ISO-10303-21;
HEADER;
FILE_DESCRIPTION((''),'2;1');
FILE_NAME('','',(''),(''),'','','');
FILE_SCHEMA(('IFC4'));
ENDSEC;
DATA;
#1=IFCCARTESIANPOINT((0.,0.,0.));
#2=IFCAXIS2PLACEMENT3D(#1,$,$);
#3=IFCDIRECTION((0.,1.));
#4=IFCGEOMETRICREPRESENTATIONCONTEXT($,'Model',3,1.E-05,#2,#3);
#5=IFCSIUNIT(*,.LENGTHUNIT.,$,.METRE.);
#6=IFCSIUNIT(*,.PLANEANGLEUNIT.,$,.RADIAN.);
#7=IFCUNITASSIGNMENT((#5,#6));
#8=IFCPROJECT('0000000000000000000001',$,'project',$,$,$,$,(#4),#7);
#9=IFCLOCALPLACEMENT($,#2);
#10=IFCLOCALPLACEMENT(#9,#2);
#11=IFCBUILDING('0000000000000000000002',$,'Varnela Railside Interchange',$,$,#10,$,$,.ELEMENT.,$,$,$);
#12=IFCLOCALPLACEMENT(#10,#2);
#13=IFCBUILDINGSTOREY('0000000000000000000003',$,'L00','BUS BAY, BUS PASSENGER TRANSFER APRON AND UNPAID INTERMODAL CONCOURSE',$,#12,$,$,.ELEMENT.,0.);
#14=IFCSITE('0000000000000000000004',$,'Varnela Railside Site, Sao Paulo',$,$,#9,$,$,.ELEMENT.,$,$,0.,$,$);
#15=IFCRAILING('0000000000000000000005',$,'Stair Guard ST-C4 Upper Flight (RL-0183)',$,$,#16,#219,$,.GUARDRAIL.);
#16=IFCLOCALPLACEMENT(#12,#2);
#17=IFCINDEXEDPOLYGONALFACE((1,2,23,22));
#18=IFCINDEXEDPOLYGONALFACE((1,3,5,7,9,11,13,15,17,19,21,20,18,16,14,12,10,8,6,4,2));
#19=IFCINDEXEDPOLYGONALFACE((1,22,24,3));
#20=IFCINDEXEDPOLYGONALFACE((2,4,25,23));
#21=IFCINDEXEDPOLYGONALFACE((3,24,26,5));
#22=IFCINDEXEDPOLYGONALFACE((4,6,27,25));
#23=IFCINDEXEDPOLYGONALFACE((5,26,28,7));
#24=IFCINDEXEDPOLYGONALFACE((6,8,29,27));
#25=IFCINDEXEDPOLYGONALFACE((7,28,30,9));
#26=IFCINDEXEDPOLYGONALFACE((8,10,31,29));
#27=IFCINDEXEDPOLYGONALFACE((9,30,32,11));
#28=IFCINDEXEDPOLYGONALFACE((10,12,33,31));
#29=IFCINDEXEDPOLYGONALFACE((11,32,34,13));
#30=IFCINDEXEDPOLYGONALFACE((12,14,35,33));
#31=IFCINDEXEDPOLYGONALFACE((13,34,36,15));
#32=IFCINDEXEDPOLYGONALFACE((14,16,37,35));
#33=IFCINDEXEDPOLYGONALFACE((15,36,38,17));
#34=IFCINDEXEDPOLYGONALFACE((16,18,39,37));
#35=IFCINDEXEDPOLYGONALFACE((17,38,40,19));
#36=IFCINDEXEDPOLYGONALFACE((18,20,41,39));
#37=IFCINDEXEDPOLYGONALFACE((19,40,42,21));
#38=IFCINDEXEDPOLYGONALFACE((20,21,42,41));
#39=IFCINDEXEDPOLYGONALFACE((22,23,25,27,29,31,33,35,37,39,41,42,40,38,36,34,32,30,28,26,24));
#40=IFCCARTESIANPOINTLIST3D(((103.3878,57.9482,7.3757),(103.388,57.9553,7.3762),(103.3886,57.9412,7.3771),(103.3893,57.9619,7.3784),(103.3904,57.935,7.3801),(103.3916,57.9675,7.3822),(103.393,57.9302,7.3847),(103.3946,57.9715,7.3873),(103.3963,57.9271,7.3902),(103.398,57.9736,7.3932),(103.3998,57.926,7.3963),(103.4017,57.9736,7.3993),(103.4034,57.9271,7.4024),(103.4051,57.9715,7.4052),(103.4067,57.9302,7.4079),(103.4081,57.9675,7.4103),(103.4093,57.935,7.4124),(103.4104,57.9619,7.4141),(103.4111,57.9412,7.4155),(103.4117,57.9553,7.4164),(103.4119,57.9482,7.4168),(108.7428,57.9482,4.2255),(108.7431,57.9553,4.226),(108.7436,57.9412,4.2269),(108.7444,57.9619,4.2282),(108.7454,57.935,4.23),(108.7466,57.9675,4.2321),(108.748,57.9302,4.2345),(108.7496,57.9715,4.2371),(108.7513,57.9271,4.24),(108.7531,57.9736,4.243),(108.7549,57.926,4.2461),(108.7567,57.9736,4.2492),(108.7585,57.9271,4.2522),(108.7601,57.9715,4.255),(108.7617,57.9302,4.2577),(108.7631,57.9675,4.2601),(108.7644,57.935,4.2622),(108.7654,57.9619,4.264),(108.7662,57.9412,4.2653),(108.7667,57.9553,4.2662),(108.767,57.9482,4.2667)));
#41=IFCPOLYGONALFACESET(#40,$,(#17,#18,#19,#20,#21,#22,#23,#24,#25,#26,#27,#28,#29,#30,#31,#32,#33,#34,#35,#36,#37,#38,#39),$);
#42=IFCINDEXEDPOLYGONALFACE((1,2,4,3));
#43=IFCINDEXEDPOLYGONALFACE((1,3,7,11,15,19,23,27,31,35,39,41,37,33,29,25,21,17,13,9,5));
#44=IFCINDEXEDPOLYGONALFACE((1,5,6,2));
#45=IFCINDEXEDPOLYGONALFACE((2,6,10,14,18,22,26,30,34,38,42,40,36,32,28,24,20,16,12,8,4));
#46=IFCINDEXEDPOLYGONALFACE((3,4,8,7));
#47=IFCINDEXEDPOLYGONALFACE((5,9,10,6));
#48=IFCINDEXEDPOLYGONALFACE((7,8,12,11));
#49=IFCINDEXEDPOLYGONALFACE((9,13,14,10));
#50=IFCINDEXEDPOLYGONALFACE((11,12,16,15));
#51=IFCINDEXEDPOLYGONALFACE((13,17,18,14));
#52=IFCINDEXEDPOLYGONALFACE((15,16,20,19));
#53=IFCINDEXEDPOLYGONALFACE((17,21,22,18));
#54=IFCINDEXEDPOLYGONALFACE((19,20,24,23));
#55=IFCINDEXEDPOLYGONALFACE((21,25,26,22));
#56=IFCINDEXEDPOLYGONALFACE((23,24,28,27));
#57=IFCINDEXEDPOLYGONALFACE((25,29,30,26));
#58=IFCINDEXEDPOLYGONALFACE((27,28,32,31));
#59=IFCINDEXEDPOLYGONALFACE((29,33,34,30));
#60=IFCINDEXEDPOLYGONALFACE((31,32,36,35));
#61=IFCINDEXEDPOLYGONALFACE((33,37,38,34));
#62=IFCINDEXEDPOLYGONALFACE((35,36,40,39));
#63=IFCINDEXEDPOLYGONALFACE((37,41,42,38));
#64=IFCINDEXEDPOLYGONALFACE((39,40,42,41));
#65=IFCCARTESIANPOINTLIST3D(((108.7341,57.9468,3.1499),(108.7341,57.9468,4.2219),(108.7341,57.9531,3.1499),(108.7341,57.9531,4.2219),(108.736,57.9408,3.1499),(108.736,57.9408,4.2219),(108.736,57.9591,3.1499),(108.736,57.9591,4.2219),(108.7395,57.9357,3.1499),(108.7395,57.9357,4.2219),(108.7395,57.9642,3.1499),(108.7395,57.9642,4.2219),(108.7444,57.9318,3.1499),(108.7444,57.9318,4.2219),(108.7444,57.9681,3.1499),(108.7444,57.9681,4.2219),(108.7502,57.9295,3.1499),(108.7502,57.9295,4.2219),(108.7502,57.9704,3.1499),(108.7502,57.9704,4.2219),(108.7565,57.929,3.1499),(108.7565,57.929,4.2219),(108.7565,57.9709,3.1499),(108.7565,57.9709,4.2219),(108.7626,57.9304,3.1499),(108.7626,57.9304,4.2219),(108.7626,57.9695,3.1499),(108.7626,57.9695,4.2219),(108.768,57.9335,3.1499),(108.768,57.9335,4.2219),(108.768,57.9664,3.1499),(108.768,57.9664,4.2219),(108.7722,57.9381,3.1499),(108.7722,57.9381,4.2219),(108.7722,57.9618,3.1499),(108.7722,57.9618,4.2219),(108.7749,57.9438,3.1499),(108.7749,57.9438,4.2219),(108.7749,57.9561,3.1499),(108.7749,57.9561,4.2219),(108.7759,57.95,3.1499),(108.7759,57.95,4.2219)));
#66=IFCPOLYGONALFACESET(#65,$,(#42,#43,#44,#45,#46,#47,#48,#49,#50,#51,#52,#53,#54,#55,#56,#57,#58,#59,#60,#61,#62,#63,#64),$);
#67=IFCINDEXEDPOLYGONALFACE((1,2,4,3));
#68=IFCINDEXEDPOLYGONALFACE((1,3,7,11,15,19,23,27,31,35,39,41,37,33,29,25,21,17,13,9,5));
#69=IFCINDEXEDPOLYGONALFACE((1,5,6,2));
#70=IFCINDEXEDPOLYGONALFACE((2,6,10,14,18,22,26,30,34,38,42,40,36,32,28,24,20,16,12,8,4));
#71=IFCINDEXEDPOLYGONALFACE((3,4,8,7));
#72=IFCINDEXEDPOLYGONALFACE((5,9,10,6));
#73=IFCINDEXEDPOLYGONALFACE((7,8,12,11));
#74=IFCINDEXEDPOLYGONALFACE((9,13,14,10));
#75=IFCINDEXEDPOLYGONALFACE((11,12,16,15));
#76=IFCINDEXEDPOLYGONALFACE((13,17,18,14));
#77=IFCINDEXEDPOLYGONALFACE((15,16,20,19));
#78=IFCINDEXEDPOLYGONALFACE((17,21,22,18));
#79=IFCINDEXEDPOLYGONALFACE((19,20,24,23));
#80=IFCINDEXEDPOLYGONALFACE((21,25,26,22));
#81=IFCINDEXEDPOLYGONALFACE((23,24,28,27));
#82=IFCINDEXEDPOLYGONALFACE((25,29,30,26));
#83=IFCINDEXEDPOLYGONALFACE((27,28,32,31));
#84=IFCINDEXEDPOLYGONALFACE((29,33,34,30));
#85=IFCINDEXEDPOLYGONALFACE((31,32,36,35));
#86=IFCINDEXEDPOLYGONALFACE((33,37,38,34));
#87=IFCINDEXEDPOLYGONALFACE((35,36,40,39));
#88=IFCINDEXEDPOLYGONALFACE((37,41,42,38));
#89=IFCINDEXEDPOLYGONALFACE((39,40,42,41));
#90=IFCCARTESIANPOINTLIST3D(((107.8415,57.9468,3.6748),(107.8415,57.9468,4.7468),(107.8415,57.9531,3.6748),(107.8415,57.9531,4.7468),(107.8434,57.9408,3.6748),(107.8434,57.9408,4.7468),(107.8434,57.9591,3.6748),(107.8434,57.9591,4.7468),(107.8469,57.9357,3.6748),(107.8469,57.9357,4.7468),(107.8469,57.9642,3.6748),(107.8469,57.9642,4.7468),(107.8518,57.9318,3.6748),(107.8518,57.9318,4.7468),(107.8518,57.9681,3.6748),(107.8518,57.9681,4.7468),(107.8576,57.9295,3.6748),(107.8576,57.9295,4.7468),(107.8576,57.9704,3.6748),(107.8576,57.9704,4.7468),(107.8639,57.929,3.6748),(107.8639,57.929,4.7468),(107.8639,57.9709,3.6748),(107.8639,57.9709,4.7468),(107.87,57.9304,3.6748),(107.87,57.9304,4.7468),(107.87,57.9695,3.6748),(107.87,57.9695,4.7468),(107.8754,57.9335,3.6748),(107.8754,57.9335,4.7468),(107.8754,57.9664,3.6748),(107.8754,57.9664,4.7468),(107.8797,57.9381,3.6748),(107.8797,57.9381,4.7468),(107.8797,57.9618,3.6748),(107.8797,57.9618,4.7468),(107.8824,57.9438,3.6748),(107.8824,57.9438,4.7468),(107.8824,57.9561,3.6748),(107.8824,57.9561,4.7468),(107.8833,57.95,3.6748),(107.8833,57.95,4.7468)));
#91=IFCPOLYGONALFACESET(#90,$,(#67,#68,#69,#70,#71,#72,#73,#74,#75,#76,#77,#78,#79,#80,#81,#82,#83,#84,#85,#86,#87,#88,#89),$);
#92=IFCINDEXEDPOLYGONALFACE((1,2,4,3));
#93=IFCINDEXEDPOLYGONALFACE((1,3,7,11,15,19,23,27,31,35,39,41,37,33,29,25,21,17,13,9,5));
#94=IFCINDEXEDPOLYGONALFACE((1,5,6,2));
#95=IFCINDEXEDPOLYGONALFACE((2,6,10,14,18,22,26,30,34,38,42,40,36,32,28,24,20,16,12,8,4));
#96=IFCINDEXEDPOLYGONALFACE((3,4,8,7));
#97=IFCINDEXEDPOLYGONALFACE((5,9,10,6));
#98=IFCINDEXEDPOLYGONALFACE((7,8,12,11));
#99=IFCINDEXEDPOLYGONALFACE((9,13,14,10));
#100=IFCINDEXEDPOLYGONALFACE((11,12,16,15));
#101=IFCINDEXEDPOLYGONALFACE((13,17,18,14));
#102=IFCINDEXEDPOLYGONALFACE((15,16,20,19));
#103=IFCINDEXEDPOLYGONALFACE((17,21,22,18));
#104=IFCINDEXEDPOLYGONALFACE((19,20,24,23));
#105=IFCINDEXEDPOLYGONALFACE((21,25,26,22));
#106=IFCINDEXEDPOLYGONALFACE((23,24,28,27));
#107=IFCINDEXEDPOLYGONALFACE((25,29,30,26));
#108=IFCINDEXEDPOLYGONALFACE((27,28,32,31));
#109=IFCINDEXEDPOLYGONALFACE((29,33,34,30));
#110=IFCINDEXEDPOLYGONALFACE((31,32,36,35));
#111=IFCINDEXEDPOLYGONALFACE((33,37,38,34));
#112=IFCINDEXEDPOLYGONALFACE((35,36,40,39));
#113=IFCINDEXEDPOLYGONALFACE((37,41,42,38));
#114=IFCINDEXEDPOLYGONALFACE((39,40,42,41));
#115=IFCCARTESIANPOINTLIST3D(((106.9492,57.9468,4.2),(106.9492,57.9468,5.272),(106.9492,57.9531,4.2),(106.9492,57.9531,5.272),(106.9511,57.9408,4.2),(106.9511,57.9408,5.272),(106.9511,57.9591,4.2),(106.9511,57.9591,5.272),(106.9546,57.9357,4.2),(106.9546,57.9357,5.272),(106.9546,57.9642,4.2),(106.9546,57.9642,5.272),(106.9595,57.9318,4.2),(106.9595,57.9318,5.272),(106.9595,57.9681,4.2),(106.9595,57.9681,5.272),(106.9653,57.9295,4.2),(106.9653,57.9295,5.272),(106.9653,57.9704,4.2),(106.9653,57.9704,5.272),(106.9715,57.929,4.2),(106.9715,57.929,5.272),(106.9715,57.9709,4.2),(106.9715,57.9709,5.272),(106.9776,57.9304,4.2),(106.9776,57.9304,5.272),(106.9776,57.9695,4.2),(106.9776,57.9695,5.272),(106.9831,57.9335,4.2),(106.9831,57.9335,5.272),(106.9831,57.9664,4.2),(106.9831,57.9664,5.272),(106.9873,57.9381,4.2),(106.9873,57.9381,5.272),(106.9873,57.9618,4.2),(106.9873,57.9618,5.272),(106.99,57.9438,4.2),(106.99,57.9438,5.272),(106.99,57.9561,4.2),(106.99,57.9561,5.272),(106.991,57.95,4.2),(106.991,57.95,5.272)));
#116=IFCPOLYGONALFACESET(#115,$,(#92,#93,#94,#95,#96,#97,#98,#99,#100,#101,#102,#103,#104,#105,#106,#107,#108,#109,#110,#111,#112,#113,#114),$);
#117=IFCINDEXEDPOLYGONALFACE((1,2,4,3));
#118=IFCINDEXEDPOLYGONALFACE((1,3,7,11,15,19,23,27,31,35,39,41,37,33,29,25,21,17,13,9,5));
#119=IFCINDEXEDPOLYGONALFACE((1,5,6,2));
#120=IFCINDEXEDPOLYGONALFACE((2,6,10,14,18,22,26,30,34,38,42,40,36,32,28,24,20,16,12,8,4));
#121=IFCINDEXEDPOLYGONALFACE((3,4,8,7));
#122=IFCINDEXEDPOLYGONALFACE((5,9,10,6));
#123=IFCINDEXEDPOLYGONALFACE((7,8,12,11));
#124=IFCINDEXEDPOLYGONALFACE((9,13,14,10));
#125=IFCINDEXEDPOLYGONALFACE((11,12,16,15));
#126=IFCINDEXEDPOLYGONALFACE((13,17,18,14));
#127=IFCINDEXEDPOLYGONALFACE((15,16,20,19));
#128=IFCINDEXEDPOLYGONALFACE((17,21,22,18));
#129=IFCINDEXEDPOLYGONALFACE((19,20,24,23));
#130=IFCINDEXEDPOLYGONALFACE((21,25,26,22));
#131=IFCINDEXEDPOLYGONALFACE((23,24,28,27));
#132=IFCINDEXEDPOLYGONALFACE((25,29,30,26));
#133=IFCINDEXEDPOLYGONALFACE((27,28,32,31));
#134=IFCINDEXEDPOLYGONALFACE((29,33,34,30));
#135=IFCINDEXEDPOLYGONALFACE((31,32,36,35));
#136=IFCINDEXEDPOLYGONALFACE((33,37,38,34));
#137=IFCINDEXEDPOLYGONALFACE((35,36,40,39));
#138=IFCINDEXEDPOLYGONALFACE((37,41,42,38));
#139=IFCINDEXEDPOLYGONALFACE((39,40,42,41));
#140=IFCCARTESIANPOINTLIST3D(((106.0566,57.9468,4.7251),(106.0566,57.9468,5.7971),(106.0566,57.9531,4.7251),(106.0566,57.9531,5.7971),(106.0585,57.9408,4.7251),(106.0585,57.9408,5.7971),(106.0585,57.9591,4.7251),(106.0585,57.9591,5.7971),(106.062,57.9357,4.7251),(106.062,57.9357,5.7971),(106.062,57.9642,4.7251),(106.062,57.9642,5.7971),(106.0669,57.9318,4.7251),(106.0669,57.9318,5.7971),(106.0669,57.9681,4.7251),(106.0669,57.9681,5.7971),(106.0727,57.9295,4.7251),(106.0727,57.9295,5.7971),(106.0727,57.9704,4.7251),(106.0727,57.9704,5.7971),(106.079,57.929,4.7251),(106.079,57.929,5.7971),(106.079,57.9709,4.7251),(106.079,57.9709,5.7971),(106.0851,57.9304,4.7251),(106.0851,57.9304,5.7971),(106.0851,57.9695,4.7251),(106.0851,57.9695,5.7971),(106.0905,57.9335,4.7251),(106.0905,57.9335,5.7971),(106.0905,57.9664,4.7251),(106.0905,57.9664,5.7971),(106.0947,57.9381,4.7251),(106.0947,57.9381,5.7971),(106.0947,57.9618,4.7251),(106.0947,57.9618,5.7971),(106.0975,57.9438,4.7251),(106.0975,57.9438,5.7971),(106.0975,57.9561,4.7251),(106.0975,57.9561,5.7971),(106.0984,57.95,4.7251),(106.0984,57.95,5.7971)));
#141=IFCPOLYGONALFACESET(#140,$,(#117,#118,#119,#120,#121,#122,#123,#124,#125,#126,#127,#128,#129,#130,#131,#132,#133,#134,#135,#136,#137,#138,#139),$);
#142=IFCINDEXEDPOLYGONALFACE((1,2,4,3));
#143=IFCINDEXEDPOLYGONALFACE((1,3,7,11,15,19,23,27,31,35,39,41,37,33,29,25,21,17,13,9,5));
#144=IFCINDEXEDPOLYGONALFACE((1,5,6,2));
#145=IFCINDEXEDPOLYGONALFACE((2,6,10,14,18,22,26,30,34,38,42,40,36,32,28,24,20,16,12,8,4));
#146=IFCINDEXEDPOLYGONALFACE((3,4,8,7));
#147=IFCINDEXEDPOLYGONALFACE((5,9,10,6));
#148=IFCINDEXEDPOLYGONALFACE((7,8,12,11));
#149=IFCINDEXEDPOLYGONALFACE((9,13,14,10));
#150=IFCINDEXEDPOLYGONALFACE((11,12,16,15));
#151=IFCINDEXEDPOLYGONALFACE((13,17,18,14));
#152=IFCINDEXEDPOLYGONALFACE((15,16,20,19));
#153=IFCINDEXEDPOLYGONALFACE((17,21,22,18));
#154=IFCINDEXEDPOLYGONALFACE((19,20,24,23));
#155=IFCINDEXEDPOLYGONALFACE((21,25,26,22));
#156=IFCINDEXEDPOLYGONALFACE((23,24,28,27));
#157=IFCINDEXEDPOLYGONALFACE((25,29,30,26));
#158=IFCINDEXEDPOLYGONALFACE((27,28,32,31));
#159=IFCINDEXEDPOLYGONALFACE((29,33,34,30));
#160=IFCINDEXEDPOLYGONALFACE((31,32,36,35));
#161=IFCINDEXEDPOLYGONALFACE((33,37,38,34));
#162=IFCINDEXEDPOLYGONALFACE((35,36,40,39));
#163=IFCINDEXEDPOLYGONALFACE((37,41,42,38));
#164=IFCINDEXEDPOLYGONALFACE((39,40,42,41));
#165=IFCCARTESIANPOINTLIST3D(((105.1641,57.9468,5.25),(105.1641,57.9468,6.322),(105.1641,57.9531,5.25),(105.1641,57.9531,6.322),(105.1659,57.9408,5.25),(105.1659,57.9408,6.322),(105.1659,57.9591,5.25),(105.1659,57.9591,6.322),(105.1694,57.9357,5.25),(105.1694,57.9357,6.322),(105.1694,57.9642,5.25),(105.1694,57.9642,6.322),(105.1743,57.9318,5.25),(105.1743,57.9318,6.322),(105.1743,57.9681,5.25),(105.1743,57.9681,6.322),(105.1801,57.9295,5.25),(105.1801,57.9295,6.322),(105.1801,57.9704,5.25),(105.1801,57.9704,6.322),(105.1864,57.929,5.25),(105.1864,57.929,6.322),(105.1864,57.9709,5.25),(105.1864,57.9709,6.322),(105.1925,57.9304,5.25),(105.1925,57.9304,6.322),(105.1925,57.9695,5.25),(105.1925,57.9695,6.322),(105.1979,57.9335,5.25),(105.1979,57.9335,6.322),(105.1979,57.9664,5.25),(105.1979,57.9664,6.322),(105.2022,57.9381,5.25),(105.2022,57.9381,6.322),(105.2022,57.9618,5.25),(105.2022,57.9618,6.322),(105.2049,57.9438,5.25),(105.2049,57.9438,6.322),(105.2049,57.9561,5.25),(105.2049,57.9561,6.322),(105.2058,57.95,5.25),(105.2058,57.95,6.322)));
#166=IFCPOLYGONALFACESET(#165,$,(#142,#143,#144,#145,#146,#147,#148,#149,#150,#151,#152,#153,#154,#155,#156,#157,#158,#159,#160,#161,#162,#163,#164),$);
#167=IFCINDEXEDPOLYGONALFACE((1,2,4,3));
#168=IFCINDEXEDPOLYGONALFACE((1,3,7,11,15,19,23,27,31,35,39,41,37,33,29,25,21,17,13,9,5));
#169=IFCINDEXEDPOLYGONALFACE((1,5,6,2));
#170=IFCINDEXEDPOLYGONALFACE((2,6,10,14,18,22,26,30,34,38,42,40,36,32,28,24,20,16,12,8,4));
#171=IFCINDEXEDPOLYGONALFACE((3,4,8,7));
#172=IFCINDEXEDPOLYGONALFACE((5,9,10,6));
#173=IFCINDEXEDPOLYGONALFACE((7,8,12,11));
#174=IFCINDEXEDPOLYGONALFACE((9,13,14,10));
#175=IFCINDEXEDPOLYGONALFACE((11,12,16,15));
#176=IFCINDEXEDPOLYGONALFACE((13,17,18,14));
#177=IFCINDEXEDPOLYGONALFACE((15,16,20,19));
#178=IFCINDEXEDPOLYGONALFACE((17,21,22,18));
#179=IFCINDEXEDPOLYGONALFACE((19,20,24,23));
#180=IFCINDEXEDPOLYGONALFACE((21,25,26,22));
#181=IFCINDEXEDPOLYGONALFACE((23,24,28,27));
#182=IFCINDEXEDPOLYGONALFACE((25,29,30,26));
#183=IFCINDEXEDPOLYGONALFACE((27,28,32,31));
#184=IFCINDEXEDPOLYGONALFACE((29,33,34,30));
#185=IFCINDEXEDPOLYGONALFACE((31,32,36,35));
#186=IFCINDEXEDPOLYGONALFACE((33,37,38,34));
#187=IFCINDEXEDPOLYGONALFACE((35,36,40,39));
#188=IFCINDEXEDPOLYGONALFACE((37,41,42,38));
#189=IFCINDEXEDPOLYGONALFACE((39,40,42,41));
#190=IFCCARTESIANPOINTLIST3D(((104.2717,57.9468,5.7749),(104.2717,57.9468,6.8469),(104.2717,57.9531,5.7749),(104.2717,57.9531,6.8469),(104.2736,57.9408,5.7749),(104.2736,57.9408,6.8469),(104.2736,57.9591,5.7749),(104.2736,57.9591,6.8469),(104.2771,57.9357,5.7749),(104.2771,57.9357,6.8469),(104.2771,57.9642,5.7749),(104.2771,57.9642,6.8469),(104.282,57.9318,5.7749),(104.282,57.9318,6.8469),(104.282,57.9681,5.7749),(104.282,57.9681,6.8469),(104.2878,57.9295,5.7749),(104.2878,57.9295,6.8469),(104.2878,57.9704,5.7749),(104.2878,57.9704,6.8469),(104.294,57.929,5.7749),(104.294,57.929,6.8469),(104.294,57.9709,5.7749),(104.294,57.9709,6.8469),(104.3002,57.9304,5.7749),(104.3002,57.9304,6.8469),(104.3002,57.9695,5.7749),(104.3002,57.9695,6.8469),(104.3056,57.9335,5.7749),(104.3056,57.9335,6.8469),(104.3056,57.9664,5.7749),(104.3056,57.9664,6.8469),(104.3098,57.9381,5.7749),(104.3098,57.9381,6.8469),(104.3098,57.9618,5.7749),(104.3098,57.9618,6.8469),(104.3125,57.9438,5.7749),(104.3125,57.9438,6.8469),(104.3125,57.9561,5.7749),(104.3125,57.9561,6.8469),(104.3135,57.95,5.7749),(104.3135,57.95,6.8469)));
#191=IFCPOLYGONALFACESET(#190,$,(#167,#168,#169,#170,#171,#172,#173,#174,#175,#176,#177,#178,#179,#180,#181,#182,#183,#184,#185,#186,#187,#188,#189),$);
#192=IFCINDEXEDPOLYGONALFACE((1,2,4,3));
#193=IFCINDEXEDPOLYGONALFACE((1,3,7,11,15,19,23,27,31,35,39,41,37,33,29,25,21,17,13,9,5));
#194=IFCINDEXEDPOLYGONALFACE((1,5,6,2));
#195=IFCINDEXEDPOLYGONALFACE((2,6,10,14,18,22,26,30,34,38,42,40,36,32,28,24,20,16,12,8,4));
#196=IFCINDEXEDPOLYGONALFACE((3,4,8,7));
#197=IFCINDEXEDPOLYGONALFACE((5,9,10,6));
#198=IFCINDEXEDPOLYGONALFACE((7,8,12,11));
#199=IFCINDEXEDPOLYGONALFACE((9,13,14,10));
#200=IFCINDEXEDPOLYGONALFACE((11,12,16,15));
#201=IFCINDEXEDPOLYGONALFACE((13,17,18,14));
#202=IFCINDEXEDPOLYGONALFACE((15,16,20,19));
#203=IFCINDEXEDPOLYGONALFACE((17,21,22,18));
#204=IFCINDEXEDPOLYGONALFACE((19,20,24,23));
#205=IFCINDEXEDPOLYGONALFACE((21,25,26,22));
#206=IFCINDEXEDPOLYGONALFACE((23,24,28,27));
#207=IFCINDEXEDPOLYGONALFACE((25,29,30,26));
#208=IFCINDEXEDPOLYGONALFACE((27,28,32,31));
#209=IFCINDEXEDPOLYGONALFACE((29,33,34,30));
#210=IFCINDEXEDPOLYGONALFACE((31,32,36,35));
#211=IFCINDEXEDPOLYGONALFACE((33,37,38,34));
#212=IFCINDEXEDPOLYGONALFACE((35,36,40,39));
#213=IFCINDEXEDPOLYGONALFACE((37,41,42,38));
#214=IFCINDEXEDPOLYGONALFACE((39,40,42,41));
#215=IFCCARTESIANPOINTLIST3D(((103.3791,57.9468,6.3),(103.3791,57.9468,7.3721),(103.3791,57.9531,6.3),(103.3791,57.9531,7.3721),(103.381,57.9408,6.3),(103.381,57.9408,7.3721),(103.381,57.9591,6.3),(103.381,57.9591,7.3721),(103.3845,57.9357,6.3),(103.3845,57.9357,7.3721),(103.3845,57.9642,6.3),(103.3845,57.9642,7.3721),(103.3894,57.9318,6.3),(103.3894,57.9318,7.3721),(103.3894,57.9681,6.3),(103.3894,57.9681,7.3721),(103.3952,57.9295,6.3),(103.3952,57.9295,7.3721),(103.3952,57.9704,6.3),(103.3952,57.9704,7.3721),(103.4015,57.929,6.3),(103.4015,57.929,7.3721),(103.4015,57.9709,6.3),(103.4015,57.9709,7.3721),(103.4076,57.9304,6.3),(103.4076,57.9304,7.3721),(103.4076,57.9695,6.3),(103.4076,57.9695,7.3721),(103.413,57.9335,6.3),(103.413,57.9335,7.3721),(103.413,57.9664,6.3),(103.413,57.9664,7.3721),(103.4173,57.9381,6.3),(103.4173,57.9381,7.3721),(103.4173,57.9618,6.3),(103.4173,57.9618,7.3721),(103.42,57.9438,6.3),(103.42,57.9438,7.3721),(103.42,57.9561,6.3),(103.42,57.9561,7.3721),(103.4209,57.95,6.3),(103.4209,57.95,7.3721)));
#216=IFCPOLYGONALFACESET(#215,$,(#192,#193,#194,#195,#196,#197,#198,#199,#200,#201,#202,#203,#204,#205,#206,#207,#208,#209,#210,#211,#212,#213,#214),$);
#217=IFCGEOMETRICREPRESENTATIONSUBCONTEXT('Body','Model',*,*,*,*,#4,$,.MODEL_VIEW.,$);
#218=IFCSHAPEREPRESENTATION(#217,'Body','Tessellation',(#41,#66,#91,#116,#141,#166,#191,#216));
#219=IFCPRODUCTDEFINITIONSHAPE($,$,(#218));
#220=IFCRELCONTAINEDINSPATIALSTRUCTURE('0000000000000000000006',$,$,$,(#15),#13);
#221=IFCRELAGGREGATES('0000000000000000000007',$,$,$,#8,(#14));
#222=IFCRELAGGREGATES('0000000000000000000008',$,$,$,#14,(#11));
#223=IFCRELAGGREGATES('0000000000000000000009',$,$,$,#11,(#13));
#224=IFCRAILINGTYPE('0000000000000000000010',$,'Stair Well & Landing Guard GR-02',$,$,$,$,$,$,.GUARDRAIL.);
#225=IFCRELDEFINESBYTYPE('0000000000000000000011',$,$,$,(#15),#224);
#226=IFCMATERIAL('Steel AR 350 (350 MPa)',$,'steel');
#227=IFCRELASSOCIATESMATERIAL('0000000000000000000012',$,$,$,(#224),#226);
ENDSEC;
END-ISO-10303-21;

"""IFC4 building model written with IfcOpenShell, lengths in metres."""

from ifc_helpers import new_model, si_unit, direction, frame, origin, origin_2d, place, context, subcontext, project, spatial, circle, extrude, material, type_object, element, save


model = new_model("IFC4")

# Units and contexts
model_context = context("Model", 3, precision=1e-05, world=origin(), true_north=direction((0.0, 1.0)))
body_context = subcontext(model_context, "Body", "Model", "MODEL_VIEW")
ifc_project = project(units=[si_unit("LENGTHUNIT", "METRE"), si_unit("PLANEANGLEUNIT", "RADIAN")], contexts=[model_context])

# Site, building, storey
site_placement = place(None, origin())
site = spatial("IfcSite", under=ifc_project, at=site_placement, Name="Varnela Railside Site, Sao Paulo", CompositionType="ELEMENT", RefElevation=0.0)
building_placement = place(site_placement, origin())
building = spatial("IfcBuilding", under=site, at=building_placement, Name="Varnela Railside Interchange", CompositionType="ELEMENT")
storey_placement = place(building_placement, origin())
storey = spatial("IfcBuildingStorey", under=building, at=storey_placement, Name="L00", Description="BUS BAY, BUS PASSENGER TRANSFER APRON AND UNPAID INTERMODAL CONCOURSE", CompositionType="ELEMENT", Elevation=0.0)

# Shared definitions
ifc_material_1 = material(Name="Steel AR 350 (350 MPa)", Category="steel")

# Railing
railing_type_1 = type_object("IfcRailingType", Name="Stair Well & Landing Guard GR-02", PredefinedType="GUARDRAIL", material=ifc_material_1)
railing_1_placement = place(storey_placement, frame((108.7549, 57.95, 3.1499)))
element("IfcRailing", 1, at=railing_1_placement, inside=storey, type_object=railing_type_1, Name="Stair Guard ST-C4 Upper Flight (RL-0183)", PredefinedType="GUARDRAIL", context=body_context, shape_type="SweptSolid", body=[
    extrude(circle(Radius=0.0239, at=origin_2d()), frame((0.0, 0.0, 1.0962), z_axis=(-0.861923, 0.0, 0.507039), x_axis=(0.0, -1.0, 0.0)), (0.0, 0.0, 1.0), 6.2129),
    extrude(circle(Radius=0.021, at=origin_2d()), origin(), (0.0, 0.0, 1.0), 1.072),
    extrude(circle(Radius=0.021, at=origin_2d()), frame((-0.8926, 0.0, 0.5249)), (0.0, 0.0, 1.0), 1.072),
    extrude(circle(Radius=0.021, at=origin_2d()), frame((-1.7849, 0.0, 1.05)), (0.0, 0.0, 1.0), 1.072),
    extrude(circle(Radius=0.021, at=origin_2d()), frame((-2.6775, 0.0, 1.5752)), (0.0, 0.0, 1.0), 1.072),
    extrude(circle(Radius=0.021, at=origin_2d()), frame((-3.5701, 0.0, 2.1001)), (0.0, 0.0, 1.0), 1.072),
    extrude(circle(Radius=0.021, at=origin_2d()), frame((-4.4624, 0.0, 2.625)), (0.0, 0.0, 1.0), 1.072),
    extrude(circle(Radius=0.021, at=origin_2d()), frame((-5.355, 0.0, 3.1501)), (0.0, 0.0, 1.0), 1.072),
])

save(model, "model.ifc")
